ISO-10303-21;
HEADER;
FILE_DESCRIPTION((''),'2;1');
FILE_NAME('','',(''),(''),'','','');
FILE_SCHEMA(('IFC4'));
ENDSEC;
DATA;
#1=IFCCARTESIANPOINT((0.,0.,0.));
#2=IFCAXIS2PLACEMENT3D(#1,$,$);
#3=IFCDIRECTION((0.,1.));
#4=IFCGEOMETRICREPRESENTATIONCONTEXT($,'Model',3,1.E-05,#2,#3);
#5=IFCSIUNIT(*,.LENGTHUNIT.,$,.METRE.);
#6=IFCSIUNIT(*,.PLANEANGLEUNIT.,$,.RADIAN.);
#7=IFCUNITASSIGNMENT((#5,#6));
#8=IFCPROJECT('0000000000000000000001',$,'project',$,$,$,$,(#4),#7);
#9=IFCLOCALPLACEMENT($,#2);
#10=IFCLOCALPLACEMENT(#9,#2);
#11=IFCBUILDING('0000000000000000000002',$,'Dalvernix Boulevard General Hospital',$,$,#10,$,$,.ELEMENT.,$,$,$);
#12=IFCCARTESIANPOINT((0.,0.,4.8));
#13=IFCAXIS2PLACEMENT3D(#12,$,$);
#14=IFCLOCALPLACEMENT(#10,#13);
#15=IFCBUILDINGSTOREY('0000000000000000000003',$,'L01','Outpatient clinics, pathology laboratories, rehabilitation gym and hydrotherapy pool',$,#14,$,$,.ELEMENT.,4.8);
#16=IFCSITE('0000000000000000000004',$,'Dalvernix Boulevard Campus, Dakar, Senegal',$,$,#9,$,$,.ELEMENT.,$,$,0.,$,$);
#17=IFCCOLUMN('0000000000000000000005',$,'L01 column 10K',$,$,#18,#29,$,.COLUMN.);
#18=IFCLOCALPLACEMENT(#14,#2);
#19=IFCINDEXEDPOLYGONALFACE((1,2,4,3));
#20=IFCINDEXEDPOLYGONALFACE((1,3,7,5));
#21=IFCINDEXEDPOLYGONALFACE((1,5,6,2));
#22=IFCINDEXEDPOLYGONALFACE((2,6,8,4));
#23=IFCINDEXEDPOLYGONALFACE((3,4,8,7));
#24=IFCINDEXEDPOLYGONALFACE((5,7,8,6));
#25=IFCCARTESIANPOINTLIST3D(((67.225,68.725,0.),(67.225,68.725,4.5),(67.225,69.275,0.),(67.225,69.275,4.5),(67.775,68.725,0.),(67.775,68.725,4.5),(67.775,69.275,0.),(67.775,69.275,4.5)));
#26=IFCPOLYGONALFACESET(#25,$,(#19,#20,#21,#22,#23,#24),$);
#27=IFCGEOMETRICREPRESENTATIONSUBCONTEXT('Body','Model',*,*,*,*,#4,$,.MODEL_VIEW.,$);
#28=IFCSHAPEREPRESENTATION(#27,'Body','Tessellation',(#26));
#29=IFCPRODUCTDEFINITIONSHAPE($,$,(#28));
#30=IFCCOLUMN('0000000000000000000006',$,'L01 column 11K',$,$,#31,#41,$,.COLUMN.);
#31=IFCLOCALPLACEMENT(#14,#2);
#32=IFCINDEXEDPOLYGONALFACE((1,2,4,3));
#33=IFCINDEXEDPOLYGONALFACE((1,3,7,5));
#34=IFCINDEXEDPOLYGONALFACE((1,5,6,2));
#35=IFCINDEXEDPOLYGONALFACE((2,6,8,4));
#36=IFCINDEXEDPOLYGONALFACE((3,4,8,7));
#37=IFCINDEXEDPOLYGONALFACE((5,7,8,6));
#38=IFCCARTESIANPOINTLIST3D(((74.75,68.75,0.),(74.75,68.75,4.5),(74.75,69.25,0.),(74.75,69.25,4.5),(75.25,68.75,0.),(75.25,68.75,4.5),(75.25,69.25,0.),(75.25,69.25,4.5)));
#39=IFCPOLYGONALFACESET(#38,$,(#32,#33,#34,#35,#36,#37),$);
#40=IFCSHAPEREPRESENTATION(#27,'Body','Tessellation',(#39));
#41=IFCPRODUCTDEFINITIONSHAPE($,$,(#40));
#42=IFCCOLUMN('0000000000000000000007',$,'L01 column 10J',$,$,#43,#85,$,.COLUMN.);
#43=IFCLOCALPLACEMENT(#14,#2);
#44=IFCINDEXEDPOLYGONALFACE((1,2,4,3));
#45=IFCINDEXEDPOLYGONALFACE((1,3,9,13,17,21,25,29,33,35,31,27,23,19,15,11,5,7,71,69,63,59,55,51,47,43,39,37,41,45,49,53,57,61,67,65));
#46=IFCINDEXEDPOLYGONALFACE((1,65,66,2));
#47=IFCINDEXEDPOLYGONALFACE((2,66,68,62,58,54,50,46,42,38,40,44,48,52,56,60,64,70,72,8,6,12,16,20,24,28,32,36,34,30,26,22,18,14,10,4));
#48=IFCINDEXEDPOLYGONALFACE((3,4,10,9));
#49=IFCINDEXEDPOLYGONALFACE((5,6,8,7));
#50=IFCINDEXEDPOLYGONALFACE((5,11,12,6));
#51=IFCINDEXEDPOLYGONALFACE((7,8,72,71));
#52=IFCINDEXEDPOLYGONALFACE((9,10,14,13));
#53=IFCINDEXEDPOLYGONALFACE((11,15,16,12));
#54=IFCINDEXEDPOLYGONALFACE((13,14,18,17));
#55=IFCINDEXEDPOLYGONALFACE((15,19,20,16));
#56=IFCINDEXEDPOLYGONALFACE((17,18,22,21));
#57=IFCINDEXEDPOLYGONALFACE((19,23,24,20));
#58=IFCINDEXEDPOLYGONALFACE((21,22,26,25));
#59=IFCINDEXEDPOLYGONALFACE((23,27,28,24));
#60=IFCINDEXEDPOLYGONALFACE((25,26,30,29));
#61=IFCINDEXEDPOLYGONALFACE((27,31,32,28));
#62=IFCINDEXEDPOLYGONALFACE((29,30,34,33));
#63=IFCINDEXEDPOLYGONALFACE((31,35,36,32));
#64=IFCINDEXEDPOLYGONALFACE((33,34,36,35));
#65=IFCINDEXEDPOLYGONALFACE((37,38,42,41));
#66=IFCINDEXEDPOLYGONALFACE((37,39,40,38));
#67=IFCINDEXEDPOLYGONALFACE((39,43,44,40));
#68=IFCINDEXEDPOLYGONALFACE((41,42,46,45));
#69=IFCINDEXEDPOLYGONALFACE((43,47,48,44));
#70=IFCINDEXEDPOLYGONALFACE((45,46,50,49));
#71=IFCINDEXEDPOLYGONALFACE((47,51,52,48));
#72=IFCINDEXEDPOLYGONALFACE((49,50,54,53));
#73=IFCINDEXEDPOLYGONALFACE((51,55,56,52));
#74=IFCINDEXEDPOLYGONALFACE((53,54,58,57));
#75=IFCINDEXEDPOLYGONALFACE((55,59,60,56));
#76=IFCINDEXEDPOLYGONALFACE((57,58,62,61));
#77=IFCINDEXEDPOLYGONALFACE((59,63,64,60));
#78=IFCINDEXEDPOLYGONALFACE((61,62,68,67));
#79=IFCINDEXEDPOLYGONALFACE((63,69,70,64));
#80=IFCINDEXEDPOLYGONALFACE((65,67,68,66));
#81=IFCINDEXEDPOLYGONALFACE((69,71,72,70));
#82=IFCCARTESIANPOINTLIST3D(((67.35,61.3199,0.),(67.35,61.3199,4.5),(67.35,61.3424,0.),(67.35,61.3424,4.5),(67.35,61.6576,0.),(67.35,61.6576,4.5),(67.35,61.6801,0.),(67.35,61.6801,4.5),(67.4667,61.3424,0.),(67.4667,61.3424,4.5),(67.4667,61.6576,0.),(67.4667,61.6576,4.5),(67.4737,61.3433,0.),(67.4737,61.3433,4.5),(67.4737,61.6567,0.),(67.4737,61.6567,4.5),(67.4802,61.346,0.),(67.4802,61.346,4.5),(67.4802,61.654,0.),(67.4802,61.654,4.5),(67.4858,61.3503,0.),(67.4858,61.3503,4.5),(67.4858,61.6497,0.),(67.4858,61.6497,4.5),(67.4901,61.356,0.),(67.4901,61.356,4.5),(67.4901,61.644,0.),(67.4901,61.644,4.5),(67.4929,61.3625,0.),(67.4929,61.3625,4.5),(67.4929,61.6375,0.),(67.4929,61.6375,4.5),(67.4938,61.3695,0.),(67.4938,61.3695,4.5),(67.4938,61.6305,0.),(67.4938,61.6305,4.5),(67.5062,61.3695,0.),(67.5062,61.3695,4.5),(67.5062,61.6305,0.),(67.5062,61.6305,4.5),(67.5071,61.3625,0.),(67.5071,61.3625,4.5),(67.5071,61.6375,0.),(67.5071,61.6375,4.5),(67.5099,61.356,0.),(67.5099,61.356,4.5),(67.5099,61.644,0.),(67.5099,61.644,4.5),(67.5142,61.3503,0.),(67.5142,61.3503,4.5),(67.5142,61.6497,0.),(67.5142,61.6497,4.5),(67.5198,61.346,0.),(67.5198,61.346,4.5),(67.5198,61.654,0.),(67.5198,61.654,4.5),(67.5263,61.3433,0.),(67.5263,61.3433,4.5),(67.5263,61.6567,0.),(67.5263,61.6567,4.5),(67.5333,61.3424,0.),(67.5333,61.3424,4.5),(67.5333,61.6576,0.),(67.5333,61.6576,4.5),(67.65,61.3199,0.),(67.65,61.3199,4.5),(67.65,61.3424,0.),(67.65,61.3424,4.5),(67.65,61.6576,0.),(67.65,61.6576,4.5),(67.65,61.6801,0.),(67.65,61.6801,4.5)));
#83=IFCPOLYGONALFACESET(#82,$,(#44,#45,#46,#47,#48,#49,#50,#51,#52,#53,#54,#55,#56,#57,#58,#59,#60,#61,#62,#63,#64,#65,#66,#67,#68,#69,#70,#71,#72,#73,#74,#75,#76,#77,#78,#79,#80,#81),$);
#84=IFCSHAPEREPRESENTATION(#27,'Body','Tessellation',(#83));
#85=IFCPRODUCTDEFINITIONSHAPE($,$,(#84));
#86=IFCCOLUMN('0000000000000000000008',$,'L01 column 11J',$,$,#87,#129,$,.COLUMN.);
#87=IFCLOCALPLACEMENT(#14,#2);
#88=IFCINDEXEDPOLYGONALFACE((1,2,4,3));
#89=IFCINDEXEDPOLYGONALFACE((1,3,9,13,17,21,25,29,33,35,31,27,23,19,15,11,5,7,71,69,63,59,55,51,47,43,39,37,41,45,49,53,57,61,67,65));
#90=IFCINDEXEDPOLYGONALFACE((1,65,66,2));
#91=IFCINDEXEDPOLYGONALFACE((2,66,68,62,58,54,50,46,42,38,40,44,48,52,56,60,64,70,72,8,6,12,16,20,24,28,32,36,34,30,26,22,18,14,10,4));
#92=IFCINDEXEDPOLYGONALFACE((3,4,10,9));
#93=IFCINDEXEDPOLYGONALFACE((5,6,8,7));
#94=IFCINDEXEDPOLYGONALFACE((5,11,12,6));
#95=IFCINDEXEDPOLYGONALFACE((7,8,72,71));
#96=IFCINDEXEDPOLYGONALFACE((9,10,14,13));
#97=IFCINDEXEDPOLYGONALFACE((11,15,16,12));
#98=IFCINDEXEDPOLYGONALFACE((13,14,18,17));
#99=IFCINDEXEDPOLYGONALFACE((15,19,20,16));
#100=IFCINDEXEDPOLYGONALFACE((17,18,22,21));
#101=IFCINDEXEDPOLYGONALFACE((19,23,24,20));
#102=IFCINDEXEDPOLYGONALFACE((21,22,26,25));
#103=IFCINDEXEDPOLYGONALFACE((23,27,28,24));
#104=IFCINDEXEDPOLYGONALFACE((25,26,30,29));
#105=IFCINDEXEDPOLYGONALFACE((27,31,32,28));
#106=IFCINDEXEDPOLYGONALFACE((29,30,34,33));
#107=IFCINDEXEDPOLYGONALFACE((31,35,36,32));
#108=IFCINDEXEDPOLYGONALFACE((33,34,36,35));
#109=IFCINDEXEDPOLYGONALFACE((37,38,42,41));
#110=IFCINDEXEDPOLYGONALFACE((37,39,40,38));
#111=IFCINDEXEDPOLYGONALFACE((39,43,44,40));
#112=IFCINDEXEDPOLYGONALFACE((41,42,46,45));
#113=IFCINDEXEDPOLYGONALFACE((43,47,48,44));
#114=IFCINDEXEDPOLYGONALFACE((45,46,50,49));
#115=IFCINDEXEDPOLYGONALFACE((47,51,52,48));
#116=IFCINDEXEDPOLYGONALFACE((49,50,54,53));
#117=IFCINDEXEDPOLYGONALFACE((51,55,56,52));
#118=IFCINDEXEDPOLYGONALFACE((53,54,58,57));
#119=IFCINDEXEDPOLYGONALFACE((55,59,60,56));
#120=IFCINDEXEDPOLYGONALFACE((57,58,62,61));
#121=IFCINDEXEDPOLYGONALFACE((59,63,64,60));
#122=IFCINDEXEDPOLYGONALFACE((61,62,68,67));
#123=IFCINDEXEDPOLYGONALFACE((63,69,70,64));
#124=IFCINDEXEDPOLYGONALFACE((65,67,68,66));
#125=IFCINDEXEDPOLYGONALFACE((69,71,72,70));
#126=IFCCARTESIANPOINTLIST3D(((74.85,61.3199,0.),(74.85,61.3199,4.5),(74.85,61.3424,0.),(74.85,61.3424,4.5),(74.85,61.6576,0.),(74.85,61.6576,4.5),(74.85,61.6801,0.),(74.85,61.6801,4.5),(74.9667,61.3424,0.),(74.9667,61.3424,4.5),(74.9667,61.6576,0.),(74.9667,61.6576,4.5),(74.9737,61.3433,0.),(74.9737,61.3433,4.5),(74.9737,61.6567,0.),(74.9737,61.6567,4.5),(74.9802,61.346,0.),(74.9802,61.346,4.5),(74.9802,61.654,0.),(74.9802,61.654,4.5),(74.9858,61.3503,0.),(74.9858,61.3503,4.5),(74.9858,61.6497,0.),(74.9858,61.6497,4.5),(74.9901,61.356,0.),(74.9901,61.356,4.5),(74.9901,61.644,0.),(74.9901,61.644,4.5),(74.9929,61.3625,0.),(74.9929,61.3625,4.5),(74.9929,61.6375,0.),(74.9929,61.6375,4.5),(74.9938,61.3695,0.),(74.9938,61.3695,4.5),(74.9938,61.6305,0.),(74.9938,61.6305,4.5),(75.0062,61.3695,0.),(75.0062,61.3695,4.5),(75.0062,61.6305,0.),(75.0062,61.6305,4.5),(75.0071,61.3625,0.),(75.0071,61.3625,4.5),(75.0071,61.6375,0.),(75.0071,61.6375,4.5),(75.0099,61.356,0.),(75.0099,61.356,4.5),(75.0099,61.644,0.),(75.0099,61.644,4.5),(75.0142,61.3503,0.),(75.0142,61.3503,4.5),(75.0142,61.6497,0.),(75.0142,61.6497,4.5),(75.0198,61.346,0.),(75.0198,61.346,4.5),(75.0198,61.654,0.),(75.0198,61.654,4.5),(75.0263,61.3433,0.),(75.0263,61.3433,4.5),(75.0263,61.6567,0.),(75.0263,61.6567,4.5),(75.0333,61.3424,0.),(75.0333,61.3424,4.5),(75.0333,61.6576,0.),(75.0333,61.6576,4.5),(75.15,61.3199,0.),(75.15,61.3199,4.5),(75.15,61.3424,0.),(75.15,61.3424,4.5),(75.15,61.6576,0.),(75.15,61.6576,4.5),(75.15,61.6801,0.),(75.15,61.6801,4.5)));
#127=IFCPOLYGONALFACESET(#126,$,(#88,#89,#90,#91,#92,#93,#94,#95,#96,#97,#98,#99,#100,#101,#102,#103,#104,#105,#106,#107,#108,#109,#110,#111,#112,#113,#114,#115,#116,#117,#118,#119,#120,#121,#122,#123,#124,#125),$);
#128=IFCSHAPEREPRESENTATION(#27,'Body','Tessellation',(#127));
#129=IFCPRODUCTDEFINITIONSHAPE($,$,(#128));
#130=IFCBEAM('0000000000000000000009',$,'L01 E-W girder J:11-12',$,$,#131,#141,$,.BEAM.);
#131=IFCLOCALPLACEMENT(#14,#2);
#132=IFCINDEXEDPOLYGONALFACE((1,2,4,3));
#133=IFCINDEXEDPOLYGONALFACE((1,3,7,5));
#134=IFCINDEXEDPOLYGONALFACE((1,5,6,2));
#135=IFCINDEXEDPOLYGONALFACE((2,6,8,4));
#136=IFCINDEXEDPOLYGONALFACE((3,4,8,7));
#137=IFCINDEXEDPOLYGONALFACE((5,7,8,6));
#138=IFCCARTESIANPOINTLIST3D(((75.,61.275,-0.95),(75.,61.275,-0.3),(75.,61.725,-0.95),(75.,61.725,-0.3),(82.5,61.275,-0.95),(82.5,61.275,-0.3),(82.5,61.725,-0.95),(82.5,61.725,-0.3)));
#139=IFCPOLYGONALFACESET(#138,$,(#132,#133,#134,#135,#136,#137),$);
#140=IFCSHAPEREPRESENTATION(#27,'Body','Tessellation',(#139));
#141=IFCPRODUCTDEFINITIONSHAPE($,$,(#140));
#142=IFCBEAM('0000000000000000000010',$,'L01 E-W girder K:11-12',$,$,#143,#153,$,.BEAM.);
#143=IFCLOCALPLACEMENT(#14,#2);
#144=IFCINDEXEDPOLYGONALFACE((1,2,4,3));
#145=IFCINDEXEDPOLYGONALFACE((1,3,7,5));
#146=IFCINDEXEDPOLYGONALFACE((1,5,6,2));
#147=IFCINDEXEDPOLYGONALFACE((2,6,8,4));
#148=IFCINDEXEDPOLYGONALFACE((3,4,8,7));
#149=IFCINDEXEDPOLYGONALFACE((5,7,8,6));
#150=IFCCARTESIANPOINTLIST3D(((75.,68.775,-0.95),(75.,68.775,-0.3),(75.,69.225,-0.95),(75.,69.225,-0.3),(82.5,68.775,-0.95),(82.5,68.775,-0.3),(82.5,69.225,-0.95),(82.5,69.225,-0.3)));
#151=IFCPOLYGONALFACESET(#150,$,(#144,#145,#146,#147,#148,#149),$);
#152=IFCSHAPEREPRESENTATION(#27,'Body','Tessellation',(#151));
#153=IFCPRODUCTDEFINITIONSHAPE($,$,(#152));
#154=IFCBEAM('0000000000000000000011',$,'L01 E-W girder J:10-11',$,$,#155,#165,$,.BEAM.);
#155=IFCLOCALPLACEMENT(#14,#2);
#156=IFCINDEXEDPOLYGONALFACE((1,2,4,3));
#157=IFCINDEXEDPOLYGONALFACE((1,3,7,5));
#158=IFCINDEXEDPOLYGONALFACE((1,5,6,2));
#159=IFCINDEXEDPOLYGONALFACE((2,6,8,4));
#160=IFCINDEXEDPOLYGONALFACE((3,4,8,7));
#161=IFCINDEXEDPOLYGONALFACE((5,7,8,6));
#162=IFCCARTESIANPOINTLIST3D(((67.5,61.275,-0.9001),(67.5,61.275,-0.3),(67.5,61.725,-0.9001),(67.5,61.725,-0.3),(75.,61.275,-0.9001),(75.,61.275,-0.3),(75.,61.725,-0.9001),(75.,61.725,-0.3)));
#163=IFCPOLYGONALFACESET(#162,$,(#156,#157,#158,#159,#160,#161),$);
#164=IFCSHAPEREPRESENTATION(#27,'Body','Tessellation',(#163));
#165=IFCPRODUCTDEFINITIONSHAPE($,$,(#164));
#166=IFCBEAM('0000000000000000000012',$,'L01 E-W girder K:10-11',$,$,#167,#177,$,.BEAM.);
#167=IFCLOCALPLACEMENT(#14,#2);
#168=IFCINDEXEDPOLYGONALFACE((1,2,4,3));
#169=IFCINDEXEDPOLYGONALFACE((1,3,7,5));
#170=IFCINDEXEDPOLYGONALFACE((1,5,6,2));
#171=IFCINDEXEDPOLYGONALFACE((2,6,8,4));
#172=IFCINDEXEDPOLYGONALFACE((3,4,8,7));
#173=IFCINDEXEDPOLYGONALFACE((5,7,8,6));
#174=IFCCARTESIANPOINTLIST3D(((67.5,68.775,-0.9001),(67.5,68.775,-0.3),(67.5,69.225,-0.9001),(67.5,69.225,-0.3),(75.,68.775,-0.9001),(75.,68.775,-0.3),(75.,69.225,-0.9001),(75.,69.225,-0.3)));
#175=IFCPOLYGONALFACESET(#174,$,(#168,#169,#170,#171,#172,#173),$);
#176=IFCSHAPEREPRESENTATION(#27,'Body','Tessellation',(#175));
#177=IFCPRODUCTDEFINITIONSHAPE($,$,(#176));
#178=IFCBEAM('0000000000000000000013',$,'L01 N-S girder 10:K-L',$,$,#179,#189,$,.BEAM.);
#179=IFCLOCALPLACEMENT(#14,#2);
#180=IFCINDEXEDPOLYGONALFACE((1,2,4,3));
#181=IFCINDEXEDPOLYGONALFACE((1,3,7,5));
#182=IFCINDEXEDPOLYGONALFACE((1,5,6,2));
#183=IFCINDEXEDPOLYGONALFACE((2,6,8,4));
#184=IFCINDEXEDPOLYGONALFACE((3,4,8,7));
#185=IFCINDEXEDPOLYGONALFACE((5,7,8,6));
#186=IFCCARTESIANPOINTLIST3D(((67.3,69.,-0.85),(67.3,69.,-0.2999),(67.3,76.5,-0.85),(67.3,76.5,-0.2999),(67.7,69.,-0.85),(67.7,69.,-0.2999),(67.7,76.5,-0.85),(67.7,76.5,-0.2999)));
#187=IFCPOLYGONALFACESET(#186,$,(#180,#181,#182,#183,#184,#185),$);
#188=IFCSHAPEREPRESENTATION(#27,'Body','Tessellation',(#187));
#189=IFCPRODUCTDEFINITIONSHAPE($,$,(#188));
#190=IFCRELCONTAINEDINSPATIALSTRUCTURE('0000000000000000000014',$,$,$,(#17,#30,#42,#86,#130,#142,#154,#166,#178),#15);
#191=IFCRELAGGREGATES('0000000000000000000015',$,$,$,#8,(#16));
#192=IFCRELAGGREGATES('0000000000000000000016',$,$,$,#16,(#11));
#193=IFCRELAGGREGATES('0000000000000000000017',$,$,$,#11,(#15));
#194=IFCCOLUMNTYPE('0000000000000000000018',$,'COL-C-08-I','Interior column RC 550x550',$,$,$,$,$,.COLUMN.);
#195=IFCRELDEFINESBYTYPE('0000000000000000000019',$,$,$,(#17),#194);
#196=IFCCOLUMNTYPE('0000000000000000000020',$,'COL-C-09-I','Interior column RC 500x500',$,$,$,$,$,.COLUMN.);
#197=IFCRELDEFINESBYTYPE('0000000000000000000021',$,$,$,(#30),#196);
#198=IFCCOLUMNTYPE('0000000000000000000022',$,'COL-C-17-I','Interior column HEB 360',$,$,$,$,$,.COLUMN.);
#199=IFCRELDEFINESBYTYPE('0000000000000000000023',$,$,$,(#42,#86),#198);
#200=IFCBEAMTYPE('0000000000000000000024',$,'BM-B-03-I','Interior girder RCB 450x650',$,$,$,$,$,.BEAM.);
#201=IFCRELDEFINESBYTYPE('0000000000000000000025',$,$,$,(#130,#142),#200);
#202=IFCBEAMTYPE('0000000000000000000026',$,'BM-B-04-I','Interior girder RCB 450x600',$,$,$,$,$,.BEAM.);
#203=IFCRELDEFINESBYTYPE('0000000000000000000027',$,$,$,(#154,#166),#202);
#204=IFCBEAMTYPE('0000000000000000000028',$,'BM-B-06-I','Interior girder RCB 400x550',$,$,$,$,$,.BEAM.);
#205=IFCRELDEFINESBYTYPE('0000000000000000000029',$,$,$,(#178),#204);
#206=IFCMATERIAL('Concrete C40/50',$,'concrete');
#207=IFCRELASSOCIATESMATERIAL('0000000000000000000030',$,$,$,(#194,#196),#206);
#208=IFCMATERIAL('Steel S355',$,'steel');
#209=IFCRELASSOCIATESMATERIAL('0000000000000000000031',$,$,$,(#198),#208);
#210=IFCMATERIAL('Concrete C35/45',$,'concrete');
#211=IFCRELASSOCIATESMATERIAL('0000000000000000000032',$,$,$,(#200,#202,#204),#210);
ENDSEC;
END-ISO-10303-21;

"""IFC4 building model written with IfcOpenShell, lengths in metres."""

from ifc_helpers import new_model, si_unit, direction, frame, origin, origin_2d, place, context, subcontext, project, spatial, rectangle, i_section, extrude, material, material_profile, profile_set, type_object, element, save


model = new_model("IFC4")

# Units and contexts
model_context = context("Model", 3, precision=1e-05, world=origin(), true_north=direction((0.0, 1.0)))
body_context = subcontext(model_context, "Body", "Model", "MODEL_VIEW")
ifc_project = project(units=[si_unit("LENGTHUNIT", "METRE"), si_unit("PLANEANGLEUNIT", "RADIAN")], contexts=[model_context])

# Site, building, storey
site_placement = place(None, origin())
site = spatial("IfcSite", under=ifc_project, at=site_placement, Name="Dalvernix Boulevard Campus, Dakar, Senegal", CompositionType="ELEMENT", RefElevation=0.0)
building_placement = place(site_placement, origin())
building = spatial("IfcBuilding", under=site, at=building_placement, Name="Dalvernix Boulevard General Hospital", CompositionType="ELEMENT")
storey_placement = place(building_placement, frame((0.0, 0.0, 4.8)))
storey = spatial("IfcBuildingStorey", under=building, at=storey_placement, Name="L01", Description="Outpatient clinics, pathology laboratories, rehabilitation gym and hydrotherapy pool", CompositionType="ELEMENT", Elevation=4.8)

# Columns
ifc_material_1 = material(Name="Concrete C40/50", Category="concrete")
ifc_material_profile_1 = material_profile(ifc_material_1, rectangle(XDim=0.55, YDim=0.55, at=origin_2d()), Name="RC 550x550")
ifc_profile_set_1 = profile_set([ifc_material_profile_1], Name="Concrete C40/50")
column_type_1 = type_object("IfcColumnType", Name="COL-C-08-I", Description="Interior column RC 550x550", PredefinedType="COLUMN", material=ifc_profile_set_1)
column_1_placement = place(storey_placement, frame((67.5, 69.0, 0.0), z_axis=(0.0, 0.0, 1.0), x_axis=(1.0, 0.0, 0.0)))
element("IfcColumn", 1, at=column_1_placement, inside=storey, type_object=column_type_1, Name="L01 column 10K", PredefinedType="COLUMN", context=body_context, shape_type="SweptSolid", body=[
    extrude(rectangle(XDim=0.55, YDim=0.55, at=origin_2d()), origin(), (0.0, 0.0, 1.0), 4.5),
])
ifc_material_profile_2 = material_profile(ifc_material_1, rectangle(XDim=0.5, YDim=0.5, at=origin_2d()), Name="RC 500x500")
ifc_profile_set_2 = profile_set([ifc_material_profile_2], Name="Concrete C40/50")
column_type_2 = type_object("IfcColumnType", Name="COL-C-09-I", Description="Interior column RC 500x500", PredefinedType="COLUMN", material=ifc_profile_set_2)
column_2_placement = place(storey_placement, frame((75.0, 69.0, 0.0), z_axis=(0.0, 0.0, 1.0), x_axis=(1.0, 0.0, 0.0)))
element("IfcColumn", 2, at=column_2_placement, inside=storey, type_object=column_type_2, Name="L01 column 11K", PredefinedType="COLUMN", context=body_context, shape_type="SweptSolid", body=[
    extrude(rectangle(XDim=0.5, YDim=0.5, at=origin_2d()), origin(), (0.0, 0.0, 1.0), 4.5),
])
ifc_material_2 = material(Name="Steel S355", Category="steel")
ifc_material_profile_3 = material_profile(ifc_material_2, i_section(OverallWidth=0.3, OverallDepth=0.3601, WebThickness=0.0125, FlangeThickness=0.0225, FilletRadius=0.0271, at=origin_2d()), Name="HEB 360")
ifc_profile_set_3 = profile_set([ifc_material_profile_3], Name="Steel S355")
column_type_3 = type_object("IfcColumnType", Name="COL-C-17-I", Description="Interior column HEB 360", PredefinedType="COLUMN", material=ifc_profile_set_3)
for number, where, z_axis, x_axis, name in (
    (3, (67.5, 61.5, 0.0), (0.0, 0.0, 1.0), (1.0, 0.0, 0.0), "L01 column 10J"),
    (4, (75.0, 61.5, 0.0), (0.0, 0.0, 1.0), (1.0, 0.0, 0.0), "L01 column 11J"),
):
    element("IfcColumn", number, at=place(storey_placement, frame(where, z_axis=z_axis, x_axis=x_axis)), inside=storey, type_object=column_type_3, Name=name, PredefinedType="COLUMN", context=body_context, shape_type="SweptSolid", body=[
        extrude(i_section(OverallWidth=0.3, OverallDepth=0.3601, WebThickness=0.0125, FlangeThickness=0.0225, FilletRadius=0.0271, at=origin_2d()), origin(), (0.0, 0.0, 1.0), 4.5),
    ])

# Beams
ifc_material_3 = material(Name="Concrete C35/45", Category="concrete")
ifc_material_profile_4 = material_profile(ifc_material_3, rectangle(XDim=0.45, YDim=0.6499, at=origin_2d()), Name="RCB 450x650")
ifc_profile_set_4 = profile_set([ifc_material_profile_4], Name="Concrete C35/45")
beam_type_1 = type_object("IfcBeamType", Name="BM-B-03-I", Description="Interior girder RCB 450x650", PredefinedType="BEAM", material=ifc_profile_set_4)
for number, where, z_axis, x_axis, name in (
    (5, (75.0, 61.5, -0.625), (1.0, 0.0, 0.0), (0.0, 1.0, 0.0), "L01 E-W girder J:11-12"),
    (6, (75.0, 69.0, -0.625), (1.0, 0.0, 0.0), (0.0, 1.0, 0.0), "L01 E-W girder K:11-12"),
):
    element("IfcBeam", number, at=place(storey_placement, frame(where, z_axis=z_axis, x_axis=x_axis)), inside=storey, type_object=beam_type_1, Name=name, PredefinedType="BEAM", context=body_context, shape_type="SweptSolid", body=[
        extrude(rectangle(XDim=0.45, YDim=0.6499, at=origin_2d()), origin(), (0.0, 0.0, 1.0), 7.5),
    ])
ifc_material_profile_5 = material_profile(ifc_material_3, rectangle(XDim=0.45, YDim=0.6001, at=origin_2d()), Name="RCB 450x600")
ifc_profile_set_5 = profile_set([ifc_material_profile_5], Name="Concrete C35/45")
beam_type_2 = type_object("IfcBeamType", Name="BM-B-04-I", Description="Interior girder RCB 450x600", PredefinedType="BEAM", material=ifc_profile_set_5)
for number, where, z_axis, x_axis, name in (
    (7, (67.5, 61.5, -0.6001), (1.0, 0.0, 0.0), (0.0, 1.0, 0.0), "L01 E-W girder J:10-11"),
    (8, (67.5, 69.0, -0.6001), (1.0, 0.0, 0.0), (0.0, 1.0, 0.0), "L01 E-W girder K:10-11"),
):
    element("IfcBeam", number, at=place(storey_placement, frame(where, z_axis=z_axis, x_axis=x_axis)), inside=storey, type_object=beam_type_2, Name=name, PredefinedType="BEAM", context=body_context, shape_type="SweptSolid", body=[
        extrude(rectangle(XDim=0.45, YDim=0.6001, at=origin_2d()), origin(), (0.0, 0.0, 1.0), 7.5),
    ])
ifc_material_profile_6 = material_profile(ifc_material_3, rectangle(XDim=0.3999, YDim=0.55, at=origin_2d()), Name="RCB 400x550")
ifc_profile_set_6 = profile_set([ifc_material_profile_6], Name="Concrete C35/45")
beam_type_3 = type_object("IfcBeamType", Name="BM-B-06-I", Description="Interior girder RCB 400x550", PredefinedType="BEAM", material=ifc_profile_set_6)
for number, where, z_axis, x_axis, name in (
    (9, (67.5, 69.0, -0.575), (0.0, 1.0, 0.0), (-1.0, 0.0, 0.0), "L01 N-S girder 10:K-L"),
):
    element("IfcBeam", number, at=place(storey_placement, frame(where, z_axis=z_axis, x_axis=x_axis)), inside=storey, type_object=beam_type_3, Name=name, PredefinedType="BEAM", context=body_context, shape_type="SweptSolid", body=[
        extrude(rectangle(XDim=0.3999, YDim=0.55, at=origin_2d()), origin(), (0.0, 0.0, 1.0), 7.5),
    ])

save(model, "model.ifc")
